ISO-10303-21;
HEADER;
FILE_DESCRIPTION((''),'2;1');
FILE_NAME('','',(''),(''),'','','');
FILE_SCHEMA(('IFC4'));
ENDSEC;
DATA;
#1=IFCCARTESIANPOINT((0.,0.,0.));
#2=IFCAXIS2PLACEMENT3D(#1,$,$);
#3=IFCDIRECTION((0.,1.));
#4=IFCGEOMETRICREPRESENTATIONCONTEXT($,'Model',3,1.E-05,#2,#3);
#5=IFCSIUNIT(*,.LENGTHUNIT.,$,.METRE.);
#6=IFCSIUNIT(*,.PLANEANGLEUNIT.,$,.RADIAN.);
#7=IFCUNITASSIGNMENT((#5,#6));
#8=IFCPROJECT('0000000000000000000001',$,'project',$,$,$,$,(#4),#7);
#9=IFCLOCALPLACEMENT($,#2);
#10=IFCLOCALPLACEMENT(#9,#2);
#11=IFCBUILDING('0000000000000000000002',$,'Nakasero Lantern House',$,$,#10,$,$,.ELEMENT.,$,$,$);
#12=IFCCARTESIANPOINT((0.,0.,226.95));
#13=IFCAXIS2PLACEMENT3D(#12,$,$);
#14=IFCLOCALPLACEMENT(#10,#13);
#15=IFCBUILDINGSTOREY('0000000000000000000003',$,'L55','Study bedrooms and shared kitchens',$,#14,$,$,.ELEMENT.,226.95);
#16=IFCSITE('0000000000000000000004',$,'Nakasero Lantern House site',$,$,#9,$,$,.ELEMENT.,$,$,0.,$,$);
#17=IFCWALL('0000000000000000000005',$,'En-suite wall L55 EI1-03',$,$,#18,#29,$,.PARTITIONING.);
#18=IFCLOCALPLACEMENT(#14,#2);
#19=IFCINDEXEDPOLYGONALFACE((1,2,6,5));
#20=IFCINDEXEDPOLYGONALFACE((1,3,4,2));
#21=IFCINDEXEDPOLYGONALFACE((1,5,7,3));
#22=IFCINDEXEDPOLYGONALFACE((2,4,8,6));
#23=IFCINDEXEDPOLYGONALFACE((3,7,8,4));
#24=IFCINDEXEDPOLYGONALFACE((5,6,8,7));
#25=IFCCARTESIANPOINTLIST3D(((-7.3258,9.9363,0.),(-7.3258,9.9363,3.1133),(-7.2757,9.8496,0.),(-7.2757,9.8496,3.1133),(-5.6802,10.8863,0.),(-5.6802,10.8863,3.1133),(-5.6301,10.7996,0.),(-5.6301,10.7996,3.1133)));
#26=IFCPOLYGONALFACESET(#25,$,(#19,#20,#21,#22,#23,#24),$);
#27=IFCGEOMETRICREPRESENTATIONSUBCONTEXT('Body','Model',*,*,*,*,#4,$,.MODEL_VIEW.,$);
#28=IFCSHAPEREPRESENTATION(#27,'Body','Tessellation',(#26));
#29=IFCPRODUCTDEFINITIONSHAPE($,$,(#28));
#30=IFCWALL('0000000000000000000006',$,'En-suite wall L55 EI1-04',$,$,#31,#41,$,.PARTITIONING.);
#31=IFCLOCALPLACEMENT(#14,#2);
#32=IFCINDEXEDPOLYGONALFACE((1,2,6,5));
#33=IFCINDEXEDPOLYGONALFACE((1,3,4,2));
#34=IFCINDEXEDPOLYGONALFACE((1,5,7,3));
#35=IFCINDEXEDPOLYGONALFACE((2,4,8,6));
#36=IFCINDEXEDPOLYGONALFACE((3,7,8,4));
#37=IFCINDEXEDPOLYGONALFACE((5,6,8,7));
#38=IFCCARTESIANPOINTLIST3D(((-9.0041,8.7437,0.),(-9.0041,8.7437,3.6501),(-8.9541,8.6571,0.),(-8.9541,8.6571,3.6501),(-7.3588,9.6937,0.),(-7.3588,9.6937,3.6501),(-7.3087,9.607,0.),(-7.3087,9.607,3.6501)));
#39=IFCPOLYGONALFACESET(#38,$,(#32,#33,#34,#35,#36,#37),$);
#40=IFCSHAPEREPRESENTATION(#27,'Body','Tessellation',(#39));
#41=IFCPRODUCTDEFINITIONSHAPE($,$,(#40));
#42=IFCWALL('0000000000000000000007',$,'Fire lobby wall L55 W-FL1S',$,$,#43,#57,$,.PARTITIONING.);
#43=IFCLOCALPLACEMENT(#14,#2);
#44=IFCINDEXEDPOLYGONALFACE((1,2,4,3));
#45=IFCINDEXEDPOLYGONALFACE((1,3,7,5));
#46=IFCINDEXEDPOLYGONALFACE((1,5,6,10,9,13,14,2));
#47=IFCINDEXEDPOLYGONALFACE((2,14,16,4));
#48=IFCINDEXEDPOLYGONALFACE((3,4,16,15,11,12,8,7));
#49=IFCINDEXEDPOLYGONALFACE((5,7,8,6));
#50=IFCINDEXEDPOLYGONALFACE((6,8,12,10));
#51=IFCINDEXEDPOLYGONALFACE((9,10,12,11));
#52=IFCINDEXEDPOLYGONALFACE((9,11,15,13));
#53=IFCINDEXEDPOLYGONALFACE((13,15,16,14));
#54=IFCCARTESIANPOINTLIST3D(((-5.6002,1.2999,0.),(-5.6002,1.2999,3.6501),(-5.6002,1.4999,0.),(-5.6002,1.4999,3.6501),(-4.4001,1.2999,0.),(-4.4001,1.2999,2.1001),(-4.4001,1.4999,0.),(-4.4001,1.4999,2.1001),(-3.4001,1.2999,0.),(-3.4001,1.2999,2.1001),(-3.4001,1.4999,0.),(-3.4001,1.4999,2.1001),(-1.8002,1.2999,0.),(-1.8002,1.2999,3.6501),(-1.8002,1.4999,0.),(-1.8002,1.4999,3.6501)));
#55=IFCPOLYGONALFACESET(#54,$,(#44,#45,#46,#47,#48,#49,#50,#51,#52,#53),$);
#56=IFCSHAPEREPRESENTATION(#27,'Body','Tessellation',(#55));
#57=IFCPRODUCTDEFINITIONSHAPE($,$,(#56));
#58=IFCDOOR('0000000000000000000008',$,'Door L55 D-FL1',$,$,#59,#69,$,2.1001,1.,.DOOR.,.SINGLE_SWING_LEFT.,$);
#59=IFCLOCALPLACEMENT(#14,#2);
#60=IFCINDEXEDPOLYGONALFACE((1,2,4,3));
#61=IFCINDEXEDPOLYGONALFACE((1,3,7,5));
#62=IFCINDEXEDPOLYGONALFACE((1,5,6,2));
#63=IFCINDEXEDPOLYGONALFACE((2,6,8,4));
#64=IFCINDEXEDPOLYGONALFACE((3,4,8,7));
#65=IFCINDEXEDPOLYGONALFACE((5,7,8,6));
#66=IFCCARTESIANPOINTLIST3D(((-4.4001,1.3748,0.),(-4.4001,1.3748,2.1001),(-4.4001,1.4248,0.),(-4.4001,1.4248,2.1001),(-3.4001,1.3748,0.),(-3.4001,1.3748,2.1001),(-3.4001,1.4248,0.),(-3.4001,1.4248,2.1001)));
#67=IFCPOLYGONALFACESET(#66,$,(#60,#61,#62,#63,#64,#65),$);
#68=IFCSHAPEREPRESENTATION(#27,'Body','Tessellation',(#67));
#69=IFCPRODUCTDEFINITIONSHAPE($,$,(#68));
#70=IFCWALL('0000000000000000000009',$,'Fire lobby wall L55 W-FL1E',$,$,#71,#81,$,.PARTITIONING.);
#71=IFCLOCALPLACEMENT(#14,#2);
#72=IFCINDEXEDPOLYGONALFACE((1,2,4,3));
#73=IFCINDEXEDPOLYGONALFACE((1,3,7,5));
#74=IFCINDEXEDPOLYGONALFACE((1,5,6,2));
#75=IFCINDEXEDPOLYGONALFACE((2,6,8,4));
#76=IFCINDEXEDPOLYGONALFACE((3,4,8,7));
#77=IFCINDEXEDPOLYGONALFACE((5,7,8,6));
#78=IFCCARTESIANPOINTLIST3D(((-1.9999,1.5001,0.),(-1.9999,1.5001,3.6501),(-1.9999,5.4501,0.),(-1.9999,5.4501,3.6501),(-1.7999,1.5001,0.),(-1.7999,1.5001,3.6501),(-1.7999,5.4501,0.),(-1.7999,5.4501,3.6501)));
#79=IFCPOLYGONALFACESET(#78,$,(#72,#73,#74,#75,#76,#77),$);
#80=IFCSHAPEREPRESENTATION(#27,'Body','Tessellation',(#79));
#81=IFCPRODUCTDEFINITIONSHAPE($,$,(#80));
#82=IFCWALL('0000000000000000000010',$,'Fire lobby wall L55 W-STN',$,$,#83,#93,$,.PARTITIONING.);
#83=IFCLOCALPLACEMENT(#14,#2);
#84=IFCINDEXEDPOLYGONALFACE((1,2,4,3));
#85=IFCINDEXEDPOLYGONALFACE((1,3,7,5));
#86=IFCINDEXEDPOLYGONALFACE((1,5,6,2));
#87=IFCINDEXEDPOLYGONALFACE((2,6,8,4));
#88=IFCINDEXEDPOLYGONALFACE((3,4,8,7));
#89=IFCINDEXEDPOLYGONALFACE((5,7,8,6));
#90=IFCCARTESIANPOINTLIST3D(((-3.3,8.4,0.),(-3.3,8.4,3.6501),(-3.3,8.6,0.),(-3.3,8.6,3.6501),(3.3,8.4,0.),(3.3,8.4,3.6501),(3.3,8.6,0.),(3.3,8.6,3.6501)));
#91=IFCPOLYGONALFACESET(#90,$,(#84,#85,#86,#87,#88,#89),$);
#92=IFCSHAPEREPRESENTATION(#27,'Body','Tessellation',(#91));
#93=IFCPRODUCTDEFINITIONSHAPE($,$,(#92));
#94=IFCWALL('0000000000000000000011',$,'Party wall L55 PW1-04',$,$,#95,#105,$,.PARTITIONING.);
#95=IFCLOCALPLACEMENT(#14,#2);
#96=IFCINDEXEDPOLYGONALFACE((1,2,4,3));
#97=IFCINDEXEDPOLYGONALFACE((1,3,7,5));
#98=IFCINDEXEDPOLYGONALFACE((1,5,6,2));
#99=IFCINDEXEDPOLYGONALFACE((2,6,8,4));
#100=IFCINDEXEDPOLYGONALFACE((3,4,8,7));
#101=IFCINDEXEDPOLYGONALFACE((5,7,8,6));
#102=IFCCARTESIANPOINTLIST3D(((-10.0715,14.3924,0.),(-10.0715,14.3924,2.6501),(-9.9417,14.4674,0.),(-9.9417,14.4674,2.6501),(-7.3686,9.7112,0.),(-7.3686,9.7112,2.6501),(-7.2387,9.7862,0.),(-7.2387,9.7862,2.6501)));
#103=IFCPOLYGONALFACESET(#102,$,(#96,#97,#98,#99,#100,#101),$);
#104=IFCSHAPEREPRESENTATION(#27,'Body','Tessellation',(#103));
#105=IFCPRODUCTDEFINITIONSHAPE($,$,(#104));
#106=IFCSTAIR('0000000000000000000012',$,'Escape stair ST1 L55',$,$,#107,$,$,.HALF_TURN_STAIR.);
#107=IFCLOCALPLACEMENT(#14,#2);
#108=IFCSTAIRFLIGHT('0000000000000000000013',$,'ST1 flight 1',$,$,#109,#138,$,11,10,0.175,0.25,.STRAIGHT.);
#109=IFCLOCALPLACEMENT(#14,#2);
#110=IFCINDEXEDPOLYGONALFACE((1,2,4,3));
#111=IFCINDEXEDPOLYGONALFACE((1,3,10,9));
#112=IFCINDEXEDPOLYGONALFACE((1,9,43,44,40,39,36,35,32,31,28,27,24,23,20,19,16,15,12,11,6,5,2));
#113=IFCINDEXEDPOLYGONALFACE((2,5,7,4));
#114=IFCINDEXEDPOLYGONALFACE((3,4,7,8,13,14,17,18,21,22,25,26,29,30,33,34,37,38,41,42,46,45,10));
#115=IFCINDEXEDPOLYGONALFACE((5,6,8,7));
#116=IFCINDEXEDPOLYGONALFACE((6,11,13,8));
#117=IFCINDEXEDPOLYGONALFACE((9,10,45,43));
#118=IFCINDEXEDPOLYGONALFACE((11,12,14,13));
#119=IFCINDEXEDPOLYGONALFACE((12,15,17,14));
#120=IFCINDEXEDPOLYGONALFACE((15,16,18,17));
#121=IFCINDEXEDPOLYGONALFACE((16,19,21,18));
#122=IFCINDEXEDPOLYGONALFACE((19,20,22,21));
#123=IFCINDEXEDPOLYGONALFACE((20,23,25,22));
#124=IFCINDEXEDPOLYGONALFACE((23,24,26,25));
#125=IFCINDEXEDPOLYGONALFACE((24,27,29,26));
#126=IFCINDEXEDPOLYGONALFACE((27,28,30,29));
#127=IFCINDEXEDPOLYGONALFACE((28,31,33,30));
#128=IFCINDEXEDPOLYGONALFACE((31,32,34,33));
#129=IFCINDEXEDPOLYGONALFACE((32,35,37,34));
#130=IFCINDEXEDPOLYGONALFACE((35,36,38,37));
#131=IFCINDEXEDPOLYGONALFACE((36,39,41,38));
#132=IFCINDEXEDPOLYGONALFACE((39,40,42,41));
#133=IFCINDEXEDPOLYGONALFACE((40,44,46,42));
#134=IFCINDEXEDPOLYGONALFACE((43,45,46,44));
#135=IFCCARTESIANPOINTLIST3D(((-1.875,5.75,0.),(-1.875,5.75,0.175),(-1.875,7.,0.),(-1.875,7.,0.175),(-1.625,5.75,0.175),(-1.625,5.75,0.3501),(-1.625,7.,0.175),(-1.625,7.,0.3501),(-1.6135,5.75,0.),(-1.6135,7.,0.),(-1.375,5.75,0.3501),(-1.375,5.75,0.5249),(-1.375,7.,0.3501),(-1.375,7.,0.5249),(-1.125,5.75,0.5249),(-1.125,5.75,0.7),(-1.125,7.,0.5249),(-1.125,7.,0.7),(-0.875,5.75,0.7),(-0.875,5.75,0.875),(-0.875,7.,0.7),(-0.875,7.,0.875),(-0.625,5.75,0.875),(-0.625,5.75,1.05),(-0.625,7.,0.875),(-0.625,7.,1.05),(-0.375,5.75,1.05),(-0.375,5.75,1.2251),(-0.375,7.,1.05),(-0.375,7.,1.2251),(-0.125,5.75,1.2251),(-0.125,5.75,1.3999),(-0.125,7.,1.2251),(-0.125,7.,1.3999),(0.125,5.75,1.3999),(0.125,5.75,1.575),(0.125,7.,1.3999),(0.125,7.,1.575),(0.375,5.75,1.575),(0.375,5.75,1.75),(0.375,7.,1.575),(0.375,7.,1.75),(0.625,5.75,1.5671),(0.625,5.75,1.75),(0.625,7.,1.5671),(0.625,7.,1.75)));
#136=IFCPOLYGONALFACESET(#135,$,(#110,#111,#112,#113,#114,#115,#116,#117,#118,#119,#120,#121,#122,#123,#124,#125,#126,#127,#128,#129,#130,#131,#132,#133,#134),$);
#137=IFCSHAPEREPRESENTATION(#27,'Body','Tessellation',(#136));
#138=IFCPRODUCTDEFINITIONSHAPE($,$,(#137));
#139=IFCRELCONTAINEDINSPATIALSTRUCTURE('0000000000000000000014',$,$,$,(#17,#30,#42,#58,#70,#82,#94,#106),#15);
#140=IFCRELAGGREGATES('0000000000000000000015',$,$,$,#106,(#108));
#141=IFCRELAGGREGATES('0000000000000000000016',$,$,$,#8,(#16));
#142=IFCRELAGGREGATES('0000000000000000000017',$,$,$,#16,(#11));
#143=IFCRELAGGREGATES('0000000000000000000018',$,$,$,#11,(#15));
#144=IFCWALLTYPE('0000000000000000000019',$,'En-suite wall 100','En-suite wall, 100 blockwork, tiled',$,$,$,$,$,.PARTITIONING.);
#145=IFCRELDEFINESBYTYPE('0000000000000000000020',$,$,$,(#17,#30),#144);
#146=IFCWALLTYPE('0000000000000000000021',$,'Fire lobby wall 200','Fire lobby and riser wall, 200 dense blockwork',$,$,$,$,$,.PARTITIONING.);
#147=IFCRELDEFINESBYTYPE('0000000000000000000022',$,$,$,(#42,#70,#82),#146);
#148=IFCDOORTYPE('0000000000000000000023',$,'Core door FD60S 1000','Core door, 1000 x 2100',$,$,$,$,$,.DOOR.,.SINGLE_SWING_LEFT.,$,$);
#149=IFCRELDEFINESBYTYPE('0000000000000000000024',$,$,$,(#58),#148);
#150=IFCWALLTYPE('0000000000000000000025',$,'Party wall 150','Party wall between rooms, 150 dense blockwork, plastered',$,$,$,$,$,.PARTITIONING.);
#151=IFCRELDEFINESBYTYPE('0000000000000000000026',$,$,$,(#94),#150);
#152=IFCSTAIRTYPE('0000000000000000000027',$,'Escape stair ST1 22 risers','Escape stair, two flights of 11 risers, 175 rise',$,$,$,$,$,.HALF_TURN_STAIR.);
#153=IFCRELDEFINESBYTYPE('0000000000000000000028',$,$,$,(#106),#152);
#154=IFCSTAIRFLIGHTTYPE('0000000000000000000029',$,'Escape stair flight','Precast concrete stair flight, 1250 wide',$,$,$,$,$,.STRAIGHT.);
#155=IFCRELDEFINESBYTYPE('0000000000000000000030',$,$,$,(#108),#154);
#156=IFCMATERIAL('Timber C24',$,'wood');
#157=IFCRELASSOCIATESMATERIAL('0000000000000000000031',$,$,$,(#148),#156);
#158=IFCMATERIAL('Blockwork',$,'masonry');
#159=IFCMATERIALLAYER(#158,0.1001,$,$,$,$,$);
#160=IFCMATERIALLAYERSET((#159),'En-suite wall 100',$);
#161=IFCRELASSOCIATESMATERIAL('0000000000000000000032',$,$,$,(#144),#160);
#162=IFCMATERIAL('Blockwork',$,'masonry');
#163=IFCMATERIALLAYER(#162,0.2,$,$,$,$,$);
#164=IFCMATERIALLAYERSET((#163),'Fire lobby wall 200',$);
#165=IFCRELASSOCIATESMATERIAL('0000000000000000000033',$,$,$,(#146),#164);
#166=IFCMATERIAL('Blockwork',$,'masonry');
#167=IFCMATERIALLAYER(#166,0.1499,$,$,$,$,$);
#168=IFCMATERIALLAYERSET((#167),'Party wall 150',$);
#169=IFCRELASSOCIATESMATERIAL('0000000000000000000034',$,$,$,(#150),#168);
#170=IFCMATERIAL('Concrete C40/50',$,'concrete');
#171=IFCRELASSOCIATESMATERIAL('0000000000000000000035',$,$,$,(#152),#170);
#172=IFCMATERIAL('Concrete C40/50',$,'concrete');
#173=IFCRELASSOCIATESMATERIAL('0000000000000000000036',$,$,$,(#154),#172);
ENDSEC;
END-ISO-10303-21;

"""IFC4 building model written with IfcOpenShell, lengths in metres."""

from ifc_helpers import new_model, si_unit, direction, frame, frame_2d, origin, place, context, subcontext, project, spatial, polyline, rectangle, outline, extrude, material, layer, layer_set, type_object, element, fill, aggregate, save


model = new_model("IFC4")

# Units and contexts
model_context = context("Model", 3, precision=1e-05, world=origin(), true_north=direction((0.0, 1.0)))
body_context = subcontext(model_context, "Body", "Model", "MODEL_VIEW")
ifc_project = project(units=[si_unit("LENGTHUNIT", "METRE"), si_unit("PLANEANGLEUNIT", "RADIAN")], contexts=[model_context])

# Site, building, storey
site_placement = place(None, origin())
site = spatial("IfcSite", under=ifc_project, at=site_placement, Name="Nakasero Lantern House site", CompositionType="ELEMENT", RefElevation=0.0)
building_placement = place(site_placement, origin())
building = spatial("IfcBuilding", under=site, at=building_placement, Name="Nakasero Lantern House", CompositionType="ELEMENT")
storey_placement = place(building_placement, frame((0.0, 0.0, 226.95)))
storey = spatial("IfcBuildingStorey", under=building, at=storey_placement, Name="L55", Description="Study bedrooms and shared kitchens", CompositionType="ELEMENT", Elevation=226.95)

# Shared definitions
ifc_material_1 = material(Name="Timber C24", Category="wood")
door_type_1 = type_object("IfcDoorType", Name="Core door FD60S 1000", Description="Core door, 1000 x 2100", OperationType="SINGLE_SWING_LEFT", PredefinedType="DOOR", material=ifc_material_1)

# Shared definitions
ifc_material_2 = material(Name="Blockwork", Category="masonry")
ifc_layer_1 = layer(ifc_material_2, 0.1001)
ifc_layer_set_1 = layer_set([ifc_layer_1], Name="En-suite wall 100")
wall_type_1 = type_object("IfcWallType", Name="En-suite wall 100", Description="En-suite wall, 100 blockwork, tiled", PredefinedType="PARTITIONING", material=ifc_layer_set_1)

# Walls
wall_1_placement = place(storey_placement, frame((-5.655, 10.843, 0.0), z_axis=(0.0, 0.0, 1.0), x_axis=(-0.866044, -0.499967, 0.0)))
element("IfcWall", 1, at=wall_1_placement, inside=storey, type_object=wall_type_1, Name="En-suite wall L55 EI1-03", PredefinedType="PARTITIONING", context=body_context, shape_type="SweptSolid", body=[
    extrude(rectangle(XDim=1.9001, YDim=0.1001, at=frame_2d((0.9502, 0.0))), origin(), (0.0, 0.0, 1.0), 3.1133),
])
wall_2_placement = place(storey_placement, frame((-7.3337, 9.6504, 0.0), z_axis=(0.0, 0.0, 1.0), x_axis=(-0.866012, -0.500023, 0.0)))
element("IfcWall", 2, at=wall_2_placement, inside=storey, type_object=wall_type_1, Name="En-suite wall L55 EI1-04", PredefinedType="PARTITIONING", context=body_context, shape_type="SweptSolid", body=[
    extrude(rectangle(XDim=1.8999, YDim=0.1001, at=frame_2d((0.95, 0.0))), origin(), (0.0, 0.0, 1.0), 3.6501),
])

# Wall, opening, door
ifc_material_3 = material(Name="Blockwork", Category="masonry")
ifc_layer_2 = layer(ifc_material_3, 0.2)
ifc_layer_set_2 = layer_set([ifc_layer_2], Name="Fire lobby wall 200")
wall_type_2 = type_object("IfcWallType", Name="Fire lobby wall 200", Description="Fire lobby and riser wall, 200 dense blockwork", PredefinedType="PARTITIONING", material=ifc_layer_set_2)
wall_3_placement = place(storey_placement, frame((-5.6001, 1.3999, 0.0), z_axis=(0.0, 0.0, 1.0), x_axis=(1.0, 0.0, 0.0)))
wall_3 = element("IfcWall", 3, at=wall_3_placement, inside=storey, type_object=wall_type_2, Name="Fire lobby wall L55 W-FL1S", PredefinedType="PARTITIONING", context=body_context, shape_type="SweptSolid", body=[
    extrude(rectangle(XDim=3.8, YDim=0.2, at=frame_2d((1.8999, 0.0))), origin(), (0.0, 0.0, 1.0), 3.6501),
])
opening_1_placement = place(wall_3_placement, frame((1.2, 0.0, 0.0)))
opening_1 = element("IfcOpeningElement", 4, at=opening_1_placement, cuts=wall_3, PredefinedType="OPENING", context=body_context, shape_type="SweptSolid", body=[
    extrude(rectangle(XDim=1.0, YDim=2.1001, at=frame_2d((0.5, 1.05))), frame((0.0, 0.1199, 0.0), z_axis=(0.0, -1.0, 0.0), x_axis=(1.0, 0.0, 0.0)), (0.0, 0.0, 1.0), 0.24),
])
door_1_placement = place(opening_1_placement, origin())
door_1 = element("IfcDoor", 5, at=door_1_placement, inside=storey, type_object=door_type_1, Name="Door L55 D-FL1", OperationType="SINGLE_SWING_LEFT", OverallHeight=2.1001, OverallWidth=1.0, PredefinedType="DOOR", context=body_context, shape_type="SweptSolid", body=[
    extrude(rectangle(XDim=1.0, YDim=2.1001, at=frame_2d((0.5, 1.05))), frame((0.0, 0.0249, 0.0), z_axis=(0.0, -1.0, 0.0), x_axis=(1.0, 0.0, 0.0)), (0.0, 0.0, 1.0), 0.05),
])
fill(opening_1, door_1)

# Walls
wall_4_placement = place(storey_placement, frame((-1.8999, 1.5, 0.0), z_axis=(0.0, 0.0, 1.0), x_axis=(0.0, 1.0, 0.0)))
element("IfcWall", 6, at=wall_4_placement, inside=storey, type_object=wall_type_2, Name="Fire lobby wall L55 W-FL1E", PredefinedType="PARTITIONING", context=body_context, shape_type="SweptSolid", body=[
    extrude(rectangle(XDim=3.95, YDim=0.2, at=frame_2d((1.9751, 0.0))), origin(), (0.0, 0.0, 1.0), 3.6501),
])
wall_5_placement = place(storey_placement, frame((-3.3, 8.5, 0.0), z_axis=(0.0, 0.0, 1.0), x_axis=(1.0, 0.0, 0.0)))
element("IfcWall", 7, at=wall_5_placement, inside=storey, type_object=wall_type_2, Name="Fire lobby wall L55 W-STN", PredefinedType="PARTITIONING", context=body_context, shape_type="SweptSolid", body=[
    extrude(rectangle(XDim=6.6001, YDim=0.2, at=frame_2d((3.3, 0.0))), origin(), (0.0, 0.0, 1.0), 3.6501),
])
ifc_material_4 = material(Name="Blockwork", Category="masonry")
ifc_layer_3 = layer(ifc_material_4, 0.1499)
ifc_layer_set_3 = layer_set([ifc_layer_3], Name="Party wall 150")
wall_type_3 = type_object("IfcWallType", Name="Party wall 150", Description="Party wall between rooms, 150 dense blockwork, plastered", PredefinedType="PARTITIONING", material=ifc_layer_set_3)
wall_6_placement = place(storey_placement, frame((-7.3037, 9.7488, 0.0), z_axis=(0.0, 0.0, 1.0), x_axis=(-0.50003, 0.866008, 0.0)))
element("IfcWall", 8, at=wall_6_placement, inside=storey, type_object=wall_type_3, Name="Party wall L55 PW1-04", PredefinedType="PARTITIONING", context=body_context, shape_type="SweptSolid", body=[
    extrude(rectangle(XDim=5.4055, YDim=0.1499, at=frame_2d((2.7026, 0.0))), origin(), (0.0, 0.0, 1.0), 2.6501),
])

# Stair, stair flight
ifc_material_5 = material(Name="Concrete C40/50", Category="concrete")
stair_type = type_object("IfcStairType", Name="Escape stair ST1 22 risers", Description="Escape stair, two flights of 11 risers, 175 rise", PredefinedType="HALF_TURN_STAIR", material=ifc_material_5)
stair_placement = place(storey_placement, origin())
stair = element("IfcStair", 9, at=stair_placement, inside=storey, type_object=stair_type, Name="Escape stair ST1 L55", PredefinedType="HALF_TURN_STAIR")
ifc_material_6 = material(Name="Concrete C40/50", Category="concrete")
stair_flight_type = type_object("IfcStairFlightType", Name="Escape stair flight", Description="Precast concrete stair flight, 1250 wide", PredefinedType="STRAIGHT", material=ifc_material_6)
stair_flight_placement = place(storey_placement, frame((-1.875, 6.375, 0.0), z_axis=(0.0, 0.0, 1.0), x_axis=(1.0, 0.0, 0.0)))
stair_flight = element("IfcStairFlight", 10, at=stair_flight_placement, type_object=stair_flight_type, Name="ST1 flight 1", NumberOfRisers=11, NumberOfTreads=10, PredefinedType="STRAIGHT", RiserHeight=0.175, TreadLength=0.25, context=body_context, shape_type="SweptSolid", body=[
    extrude(outline(polyline([(0.0, 0.0), (0.0, 0.175), (0.25, 0.175), (0.25, 0.3501), (0.5, 0.3501), (0.5, 0.5249), (0.75, 0.5249), (0.75, 0.7), (1.0, 0.7), (1.0, 0.875), (1.25, 0.875), (1.25, 1.05), (1.5, 1.05), (1.5, 1.2251), (1.75, 1.2251), (1.75, 1.3999), (2.0, 1.3999), (2.0, 1.575), (2.25, 1.575), (2.25, 1.75), (2.5, 1.75), (2.5, 1.925), (2.5, 1.5671), (0.2615, 0.0), (0.0, 0.0)])), frame((0.0, 0.625, 0.0), z_axis=(0.0, -1.0, 0.0), x_axis=(1.0, 0.0, 0.0)), (0.0, 0.0, 1.0), 1.25),
])
aggregate(stair, [stair_flight])

save(model, "model.ifc")
